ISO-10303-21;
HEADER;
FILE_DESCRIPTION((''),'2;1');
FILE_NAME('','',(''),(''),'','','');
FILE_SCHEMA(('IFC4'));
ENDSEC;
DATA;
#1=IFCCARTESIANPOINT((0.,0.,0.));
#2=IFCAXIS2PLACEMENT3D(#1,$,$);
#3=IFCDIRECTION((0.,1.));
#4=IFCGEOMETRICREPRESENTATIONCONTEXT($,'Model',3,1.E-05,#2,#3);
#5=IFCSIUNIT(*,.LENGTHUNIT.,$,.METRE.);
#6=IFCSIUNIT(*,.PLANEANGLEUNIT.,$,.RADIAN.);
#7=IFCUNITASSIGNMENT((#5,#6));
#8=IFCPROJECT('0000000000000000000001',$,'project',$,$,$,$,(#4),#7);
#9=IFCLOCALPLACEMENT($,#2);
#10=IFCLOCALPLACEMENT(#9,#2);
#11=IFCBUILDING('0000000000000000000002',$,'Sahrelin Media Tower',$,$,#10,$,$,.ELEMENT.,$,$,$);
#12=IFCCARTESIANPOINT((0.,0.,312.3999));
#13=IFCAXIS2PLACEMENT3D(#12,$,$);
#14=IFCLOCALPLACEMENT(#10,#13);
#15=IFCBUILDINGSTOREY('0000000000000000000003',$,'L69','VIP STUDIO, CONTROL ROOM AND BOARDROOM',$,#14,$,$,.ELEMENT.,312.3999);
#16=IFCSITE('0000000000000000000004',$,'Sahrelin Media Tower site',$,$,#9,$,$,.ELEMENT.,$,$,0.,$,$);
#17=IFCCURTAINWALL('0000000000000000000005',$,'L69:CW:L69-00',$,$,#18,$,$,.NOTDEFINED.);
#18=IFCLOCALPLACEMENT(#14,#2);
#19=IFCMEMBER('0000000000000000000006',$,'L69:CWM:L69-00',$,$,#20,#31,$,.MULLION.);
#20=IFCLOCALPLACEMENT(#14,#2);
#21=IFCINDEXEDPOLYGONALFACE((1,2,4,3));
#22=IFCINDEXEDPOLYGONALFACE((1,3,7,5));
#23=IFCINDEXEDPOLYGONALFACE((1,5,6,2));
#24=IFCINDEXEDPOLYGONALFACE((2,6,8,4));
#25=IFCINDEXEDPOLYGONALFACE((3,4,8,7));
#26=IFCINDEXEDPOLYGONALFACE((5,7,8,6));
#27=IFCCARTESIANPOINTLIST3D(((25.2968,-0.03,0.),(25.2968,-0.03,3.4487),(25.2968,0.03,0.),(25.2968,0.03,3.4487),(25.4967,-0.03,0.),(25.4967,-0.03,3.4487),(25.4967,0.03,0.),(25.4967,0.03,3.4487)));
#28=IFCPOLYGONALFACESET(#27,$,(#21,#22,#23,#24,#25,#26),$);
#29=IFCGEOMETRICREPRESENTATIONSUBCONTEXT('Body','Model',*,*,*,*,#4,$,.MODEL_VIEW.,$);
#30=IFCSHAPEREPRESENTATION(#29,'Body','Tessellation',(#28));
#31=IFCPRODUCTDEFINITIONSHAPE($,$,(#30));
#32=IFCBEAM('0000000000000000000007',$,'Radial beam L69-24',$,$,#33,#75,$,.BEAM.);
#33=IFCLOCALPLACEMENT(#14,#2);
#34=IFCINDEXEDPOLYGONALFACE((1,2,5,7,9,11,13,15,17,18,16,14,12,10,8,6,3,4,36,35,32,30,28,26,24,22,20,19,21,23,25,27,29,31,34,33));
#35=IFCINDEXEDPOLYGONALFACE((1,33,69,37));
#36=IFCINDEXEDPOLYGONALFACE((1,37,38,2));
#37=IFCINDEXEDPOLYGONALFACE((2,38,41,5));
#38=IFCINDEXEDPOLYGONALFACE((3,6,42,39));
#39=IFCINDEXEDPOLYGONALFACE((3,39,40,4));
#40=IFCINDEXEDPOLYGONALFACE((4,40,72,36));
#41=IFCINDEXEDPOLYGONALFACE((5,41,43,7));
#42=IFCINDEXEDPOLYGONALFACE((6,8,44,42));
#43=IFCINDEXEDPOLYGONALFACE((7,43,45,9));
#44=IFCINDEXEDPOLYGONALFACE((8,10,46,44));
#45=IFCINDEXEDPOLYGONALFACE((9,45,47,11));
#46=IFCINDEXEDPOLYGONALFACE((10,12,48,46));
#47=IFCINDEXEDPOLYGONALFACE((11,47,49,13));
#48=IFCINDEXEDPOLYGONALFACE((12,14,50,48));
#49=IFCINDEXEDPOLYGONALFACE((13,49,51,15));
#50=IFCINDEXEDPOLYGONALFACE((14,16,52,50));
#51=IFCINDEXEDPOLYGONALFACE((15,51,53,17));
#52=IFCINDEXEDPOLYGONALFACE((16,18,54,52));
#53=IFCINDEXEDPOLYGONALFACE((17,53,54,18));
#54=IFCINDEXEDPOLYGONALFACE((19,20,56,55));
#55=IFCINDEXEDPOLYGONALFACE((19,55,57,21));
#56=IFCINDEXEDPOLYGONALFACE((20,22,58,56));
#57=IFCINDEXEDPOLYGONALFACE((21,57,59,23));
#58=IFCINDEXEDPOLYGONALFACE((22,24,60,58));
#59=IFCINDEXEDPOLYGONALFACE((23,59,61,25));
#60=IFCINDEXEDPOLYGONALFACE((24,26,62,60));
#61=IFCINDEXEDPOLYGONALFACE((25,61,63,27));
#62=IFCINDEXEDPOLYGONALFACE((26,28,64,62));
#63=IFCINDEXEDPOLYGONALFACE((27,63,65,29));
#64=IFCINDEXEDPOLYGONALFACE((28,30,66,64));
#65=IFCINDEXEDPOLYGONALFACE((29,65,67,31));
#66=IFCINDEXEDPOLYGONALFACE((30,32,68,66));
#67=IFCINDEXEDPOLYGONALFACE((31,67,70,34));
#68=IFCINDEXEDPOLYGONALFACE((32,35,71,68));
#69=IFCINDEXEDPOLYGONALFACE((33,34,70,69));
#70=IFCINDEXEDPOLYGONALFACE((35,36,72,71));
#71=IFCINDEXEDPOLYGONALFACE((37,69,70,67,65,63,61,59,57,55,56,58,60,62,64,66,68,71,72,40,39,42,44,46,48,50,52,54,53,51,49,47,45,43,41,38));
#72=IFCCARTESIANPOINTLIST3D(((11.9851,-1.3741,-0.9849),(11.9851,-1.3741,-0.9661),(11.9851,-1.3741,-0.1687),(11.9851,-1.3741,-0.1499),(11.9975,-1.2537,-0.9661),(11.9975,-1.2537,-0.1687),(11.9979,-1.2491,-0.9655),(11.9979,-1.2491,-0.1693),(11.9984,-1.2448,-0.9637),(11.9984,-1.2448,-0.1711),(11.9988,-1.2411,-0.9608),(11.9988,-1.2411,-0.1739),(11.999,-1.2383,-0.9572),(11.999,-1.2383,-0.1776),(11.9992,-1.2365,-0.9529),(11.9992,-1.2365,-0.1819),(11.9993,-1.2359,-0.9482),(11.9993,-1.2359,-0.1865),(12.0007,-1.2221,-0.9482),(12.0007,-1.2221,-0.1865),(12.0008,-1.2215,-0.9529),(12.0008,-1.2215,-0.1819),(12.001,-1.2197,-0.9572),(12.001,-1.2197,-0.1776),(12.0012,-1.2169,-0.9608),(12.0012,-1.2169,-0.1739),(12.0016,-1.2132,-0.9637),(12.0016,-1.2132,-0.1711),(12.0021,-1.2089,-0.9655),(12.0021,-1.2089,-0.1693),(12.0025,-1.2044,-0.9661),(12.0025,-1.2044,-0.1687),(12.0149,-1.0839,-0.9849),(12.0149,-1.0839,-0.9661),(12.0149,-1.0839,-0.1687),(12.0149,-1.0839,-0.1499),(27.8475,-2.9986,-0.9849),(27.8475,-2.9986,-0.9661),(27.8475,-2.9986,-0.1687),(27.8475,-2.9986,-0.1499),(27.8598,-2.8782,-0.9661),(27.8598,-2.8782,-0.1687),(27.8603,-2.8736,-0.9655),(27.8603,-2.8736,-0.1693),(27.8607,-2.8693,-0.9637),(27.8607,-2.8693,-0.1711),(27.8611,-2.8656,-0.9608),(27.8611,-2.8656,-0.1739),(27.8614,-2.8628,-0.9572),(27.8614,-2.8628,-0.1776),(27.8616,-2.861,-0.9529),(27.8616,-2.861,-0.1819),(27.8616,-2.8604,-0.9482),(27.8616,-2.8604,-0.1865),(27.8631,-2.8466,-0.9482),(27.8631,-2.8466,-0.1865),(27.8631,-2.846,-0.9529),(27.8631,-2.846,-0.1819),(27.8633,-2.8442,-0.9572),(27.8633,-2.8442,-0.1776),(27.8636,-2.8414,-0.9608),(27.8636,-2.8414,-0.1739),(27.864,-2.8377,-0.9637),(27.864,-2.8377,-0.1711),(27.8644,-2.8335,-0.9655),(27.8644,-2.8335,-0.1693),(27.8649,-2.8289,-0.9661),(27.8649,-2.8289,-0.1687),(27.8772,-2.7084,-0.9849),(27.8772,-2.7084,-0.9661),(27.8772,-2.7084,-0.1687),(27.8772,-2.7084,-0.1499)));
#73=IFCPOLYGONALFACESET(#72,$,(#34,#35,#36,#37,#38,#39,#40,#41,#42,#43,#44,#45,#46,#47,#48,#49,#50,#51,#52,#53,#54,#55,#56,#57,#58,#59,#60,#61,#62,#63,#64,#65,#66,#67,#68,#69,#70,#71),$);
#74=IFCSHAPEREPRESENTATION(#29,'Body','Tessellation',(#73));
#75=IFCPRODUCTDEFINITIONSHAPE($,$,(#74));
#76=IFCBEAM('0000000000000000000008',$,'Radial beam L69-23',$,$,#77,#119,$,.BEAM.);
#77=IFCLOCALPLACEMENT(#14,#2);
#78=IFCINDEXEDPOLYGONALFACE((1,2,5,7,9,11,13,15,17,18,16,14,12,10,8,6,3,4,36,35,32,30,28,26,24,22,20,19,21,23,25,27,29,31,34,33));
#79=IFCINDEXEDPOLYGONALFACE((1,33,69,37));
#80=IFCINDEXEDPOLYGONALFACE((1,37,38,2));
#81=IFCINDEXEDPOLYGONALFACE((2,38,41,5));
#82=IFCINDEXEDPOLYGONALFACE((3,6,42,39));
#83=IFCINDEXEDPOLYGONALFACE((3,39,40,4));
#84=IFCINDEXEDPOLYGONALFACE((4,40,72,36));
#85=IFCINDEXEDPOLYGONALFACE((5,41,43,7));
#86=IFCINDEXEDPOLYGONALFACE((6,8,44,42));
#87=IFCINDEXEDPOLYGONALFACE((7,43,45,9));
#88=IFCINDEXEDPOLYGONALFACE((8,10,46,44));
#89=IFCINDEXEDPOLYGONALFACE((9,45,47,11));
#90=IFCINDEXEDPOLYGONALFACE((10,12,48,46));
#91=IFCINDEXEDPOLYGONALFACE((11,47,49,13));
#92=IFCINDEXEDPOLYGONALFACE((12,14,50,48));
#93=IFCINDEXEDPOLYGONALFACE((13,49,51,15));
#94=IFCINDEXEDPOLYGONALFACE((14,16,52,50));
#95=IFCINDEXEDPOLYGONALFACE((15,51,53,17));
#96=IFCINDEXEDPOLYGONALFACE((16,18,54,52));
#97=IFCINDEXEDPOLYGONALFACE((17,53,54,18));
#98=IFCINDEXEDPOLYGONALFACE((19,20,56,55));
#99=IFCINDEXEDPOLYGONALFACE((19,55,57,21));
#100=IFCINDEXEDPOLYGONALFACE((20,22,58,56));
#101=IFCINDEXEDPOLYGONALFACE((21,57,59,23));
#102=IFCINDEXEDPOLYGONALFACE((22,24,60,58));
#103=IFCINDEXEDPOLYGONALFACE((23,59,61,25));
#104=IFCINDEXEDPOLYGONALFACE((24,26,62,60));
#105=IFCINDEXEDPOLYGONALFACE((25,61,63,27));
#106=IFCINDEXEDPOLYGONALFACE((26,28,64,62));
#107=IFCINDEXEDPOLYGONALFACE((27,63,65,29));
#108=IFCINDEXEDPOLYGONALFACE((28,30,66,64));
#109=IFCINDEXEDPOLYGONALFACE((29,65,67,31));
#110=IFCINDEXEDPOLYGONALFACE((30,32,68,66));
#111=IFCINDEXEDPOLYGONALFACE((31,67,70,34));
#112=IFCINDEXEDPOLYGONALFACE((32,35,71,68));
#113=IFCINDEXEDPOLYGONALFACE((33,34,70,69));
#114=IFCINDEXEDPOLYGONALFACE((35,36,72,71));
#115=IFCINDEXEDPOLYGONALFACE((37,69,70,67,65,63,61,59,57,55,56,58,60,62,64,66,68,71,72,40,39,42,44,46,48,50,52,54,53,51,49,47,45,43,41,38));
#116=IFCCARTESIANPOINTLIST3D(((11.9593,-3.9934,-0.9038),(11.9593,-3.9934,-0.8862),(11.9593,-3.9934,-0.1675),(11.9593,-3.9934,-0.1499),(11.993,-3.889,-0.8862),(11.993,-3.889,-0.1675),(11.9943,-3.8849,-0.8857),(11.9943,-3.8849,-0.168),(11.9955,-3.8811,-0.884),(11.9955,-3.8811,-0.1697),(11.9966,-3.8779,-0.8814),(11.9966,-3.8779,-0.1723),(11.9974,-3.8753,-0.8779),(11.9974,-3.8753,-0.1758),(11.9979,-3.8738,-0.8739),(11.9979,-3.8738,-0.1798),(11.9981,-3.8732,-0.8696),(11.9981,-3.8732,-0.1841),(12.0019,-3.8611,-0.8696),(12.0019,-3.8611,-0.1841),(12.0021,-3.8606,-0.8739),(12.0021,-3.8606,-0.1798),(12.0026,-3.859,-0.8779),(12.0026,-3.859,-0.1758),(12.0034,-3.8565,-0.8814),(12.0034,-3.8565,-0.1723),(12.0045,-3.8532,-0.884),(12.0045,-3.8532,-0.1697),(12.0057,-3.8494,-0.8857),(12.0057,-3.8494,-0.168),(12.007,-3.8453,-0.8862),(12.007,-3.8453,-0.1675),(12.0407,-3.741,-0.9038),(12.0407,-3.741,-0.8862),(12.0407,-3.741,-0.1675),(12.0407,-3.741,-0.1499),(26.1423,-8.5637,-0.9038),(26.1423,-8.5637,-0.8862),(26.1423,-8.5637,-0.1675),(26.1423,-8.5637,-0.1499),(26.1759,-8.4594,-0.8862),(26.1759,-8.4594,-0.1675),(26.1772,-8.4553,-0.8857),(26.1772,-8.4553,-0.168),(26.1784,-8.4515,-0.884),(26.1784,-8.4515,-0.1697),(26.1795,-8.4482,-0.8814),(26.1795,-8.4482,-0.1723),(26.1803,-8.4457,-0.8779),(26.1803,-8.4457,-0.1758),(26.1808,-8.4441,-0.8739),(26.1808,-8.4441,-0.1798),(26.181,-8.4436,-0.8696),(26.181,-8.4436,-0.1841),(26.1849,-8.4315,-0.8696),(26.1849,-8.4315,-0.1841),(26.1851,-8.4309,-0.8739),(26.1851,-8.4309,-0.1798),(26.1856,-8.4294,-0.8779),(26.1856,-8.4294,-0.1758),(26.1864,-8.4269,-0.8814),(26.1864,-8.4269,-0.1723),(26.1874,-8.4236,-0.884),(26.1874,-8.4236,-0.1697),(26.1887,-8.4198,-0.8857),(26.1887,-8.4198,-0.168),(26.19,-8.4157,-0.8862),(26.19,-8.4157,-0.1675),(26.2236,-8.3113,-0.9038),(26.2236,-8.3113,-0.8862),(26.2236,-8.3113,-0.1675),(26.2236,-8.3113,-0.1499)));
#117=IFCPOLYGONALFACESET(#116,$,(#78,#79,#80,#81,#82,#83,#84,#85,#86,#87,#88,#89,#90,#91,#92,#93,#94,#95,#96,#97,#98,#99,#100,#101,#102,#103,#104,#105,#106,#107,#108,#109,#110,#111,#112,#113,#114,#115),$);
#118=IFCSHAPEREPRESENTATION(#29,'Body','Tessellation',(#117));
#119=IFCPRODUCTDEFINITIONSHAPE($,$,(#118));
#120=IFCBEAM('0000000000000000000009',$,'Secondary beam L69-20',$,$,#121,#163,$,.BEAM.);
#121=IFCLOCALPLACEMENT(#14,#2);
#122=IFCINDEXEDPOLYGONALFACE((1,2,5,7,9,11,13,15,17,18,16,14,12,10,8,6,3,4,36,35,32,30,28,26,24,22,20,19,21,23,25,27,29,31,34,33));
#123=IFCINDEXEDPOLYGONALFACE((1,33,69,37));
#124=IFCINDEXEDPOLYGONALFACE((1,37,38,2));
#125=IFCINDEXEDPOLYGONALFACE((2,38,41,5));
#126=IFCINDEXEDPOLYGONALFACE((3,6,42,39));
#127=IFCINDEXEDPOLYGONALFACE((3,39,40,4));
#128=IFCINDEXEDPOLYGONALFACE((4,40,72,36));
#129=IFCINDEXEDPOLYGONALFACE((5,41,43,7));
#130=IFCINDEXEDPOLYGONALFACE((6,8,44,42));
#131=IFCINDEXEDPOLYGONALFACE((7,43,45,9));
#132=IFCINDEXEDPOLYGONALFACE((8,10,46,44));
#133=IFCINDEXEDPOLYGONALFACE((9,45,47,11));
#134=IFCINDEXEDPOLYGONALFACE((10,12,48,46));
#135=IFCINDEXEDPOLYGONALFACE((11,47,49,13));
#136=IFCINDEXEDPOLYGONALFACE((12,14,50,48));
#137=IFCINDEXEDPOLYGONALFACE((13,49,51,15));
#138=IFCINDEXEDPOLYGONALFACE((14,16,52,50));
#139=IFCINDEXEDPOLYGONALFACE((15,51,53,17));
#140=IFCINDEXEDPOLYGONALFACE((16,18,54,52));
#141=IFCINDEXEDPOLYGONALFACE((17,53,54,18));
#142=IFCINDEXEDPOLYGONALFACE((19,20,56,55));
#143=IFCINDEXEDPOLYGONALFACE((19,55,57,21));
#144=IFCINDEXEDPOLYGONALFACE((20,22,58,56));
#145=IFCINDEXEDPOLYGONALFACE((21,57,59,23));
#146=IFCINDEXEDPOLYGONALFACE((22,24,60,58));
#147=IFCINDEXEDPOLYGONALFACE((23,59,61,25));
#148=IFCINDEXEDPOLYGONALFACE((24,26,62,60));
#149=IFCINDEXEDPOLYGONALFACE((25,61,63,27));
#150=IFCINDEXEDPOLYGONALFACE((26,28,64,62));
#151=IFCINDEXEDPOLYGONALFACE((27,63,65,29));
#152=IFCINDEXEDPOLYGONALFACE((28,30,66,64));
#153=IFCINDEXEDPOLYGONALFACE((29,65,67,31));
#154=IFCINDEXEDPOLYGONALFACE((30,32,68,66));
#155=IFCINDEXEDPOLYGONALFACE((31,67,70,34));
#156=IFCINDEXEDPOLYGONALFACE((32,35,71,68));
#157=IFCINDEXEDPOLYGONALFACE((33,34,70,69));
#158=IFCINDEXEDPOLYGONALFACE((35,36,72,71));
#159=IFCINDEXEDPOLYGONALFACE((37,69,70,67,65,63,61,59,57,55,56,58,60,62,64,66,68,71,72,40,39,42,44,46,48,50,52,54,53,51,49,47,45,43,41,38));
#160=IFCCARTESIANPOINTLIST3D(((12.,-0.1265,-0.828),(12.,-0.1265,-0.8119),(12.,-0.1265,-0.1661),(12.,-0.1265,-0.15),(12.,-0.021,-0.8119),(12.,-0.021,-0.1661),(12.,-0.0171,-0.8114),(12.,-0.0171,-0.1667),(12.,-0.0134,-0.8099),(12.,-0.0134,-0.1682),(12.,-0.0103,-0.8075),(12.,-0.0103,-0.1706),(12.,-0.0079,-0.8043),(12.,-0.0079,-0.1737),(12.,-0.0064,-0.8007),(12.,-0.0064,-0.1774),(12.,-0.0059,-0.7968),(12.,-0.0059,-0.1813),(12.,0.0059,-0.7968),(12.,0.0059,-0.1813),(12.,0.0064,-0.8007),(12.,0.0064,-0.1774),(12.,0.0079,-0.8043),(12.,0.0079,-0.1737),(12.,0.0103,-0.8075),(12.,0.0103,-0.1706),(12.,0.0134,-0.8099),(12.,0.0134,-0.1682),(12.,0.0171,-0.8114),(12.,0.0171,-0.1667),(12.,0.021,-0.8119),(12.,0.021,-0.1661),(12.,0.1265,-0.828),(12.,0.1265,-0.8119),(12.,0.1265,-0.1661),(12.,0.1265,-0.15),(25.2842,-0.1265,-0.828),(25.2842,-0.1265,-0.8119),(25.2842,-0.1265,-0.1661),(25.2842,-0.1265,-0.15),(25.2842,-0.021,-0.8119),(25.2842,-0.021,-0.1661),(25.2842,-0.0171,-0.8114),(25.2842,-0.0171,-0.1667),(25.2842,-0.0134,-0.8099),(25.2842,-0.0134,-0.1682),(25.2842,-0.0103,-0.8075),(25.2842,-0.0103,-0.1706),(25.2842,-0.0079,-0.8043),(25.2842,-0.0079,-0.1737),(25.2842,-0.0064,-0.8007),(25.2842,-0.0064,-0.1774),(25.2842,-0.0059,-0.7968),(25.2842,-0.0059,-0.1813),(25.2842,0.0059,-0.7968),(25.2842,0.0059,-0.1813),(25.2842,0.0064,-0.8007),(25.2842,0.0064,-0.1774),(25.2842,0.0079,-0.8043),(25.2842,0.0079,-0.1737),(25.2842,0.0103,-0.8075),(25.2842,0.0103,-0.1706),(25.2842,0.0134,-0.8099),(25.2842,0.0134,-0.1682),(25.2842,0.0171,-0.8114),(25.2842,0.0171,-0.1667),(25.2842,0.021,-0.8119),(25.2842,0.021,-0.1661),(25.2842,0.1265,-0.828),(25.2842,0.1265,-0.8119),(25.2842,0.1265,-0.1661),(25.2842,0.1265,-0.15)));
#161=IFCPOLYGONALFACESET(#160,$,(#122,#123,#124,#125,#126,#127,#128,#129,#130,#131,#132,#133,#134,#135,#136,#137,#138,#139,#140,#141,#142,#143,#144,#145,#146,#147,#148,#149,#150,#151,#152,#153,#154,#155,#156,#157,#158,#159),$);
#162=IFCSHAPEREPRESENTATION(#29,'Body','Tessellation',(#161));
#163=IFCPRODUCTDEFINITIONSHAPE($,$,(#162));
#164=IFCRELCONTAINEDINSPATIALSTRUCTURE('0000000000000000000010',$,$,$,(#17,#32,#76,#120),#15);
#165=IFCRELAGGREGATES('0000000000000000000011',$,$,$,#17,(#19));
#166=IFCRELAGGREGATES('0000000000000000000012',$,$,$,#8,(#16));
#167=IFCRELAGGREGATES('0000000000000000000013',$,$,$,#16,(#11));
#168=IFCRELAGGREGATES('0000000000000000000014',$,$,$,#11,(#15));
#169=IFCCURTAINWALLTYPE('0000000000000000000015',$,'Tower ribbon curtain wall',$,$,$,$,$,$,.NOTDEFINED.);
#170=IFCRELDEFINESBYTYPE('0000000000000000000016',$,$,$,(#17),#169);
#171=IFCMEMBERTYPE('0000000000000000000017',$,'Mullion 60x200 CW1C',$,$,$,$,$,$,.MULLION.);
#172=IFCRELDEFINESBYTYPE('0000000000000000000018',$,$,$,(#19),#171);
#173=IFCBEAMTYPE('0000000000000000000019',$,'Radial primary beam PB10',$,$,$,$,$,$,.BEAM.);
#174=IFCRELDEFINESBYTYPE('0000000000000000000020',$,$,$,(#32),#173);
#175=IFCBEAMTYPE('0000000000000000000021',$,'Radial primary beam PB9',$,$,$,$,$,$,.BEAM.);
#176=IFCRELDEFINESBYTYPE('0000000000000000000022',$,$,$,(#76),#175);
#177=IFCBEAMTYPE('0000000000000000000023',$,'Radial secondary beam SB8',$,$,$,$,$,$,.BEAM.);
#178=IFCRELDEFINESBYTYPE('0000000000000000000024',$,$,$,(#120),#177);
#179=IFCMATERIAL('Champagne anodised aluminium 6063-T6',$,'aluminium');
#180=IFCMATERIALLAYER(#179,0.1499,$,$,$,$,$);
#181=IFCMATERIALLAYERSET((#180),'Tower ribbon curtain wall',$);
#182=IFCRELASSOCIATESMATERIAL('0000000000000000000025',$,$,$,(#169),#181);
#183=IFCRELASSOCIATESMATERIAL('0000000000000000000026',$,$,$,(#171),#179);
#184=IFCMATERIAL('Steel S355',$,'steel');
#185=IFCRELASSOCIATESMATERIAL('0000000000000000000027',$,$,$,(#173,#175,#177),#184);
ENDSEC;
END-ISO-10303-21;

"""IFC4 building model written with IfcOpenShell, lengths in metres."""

from ifc_helpers import new_model, si_unit, direction, frame, origin, origin_2d, place, context, subcontext, project, spatial, rectangle, i_section, extrude, material, layer, layer_set, material_profile, profile_set, type_object, element, aggregate, save


model = new_model("IFC4")

# Units and contexts
model_context = context("Model", 3, precision=1e-05, world=origin(), true_north=direction((0.0, 1.0)))
body_context = subcontext(model_context, "Body", "Model", "MODEL_VIEW")
ifc_project = project(units=[si_unit("LENGTHUNIT", "METRE"), si_unit("PLANEANGLEUNIT", "RADIAN")], contexts=[model_context])

# Site, building, storey
site_placement = place(None, origin())
site = spatial("IfcSite", under=ifc_project, at=site_placement, Name="Sahrelin Media Tower site", CompositionType="ELEMENT", RefElevation=0.0)
building_placement = place(site_placement, origin())
building = spatial("IfcBuilding", under=site, at=building_placement, Name="Sahrelin Media Tower", CompositionType="ELEMENT")
storey_placement = place(building_placement, frame((0.0, 0.0, 312.3999)))
storey = spatial("IfcBuildingStorey", under=building, at=storey_placement, Name="L69", Description="VIP STUDIO, CONTROL ROOM AND BOARDROOM", CompositionType="ELEMENT", Elevation=312.3999)

# Curtain wall, member
ifc_material_1 = material(Name="Champagne anodised aluminium 6063-T6", Category="aluminium")
ifc_layer_1 = layer(ifc_material_1, 0.1499)
ifc_layer_set_1 = layer_set([ifc_layer_1], Name="Tower ribbon curtain wall")
curtain_wall_type = type_object("IfcCurtainWallType", Name="Tower ribbon curtain wall", PredefinedType="NOTDEFINED", material=ifc_layer_set_1)
curtain_wall_placement = place(storey_placement, frame((25.5166, 0.0, 0.0), z_axis=(0.0, 0.0, 1.0), x_axis=(1.0, 0.0, 0.0)))
curtain_wall = element("IfcCurtainWall", 1, at=curtain_wall_placement, inside=storey, type_object=curtain_wall_type, Name="L69:CW:L69-00", PredefinedType="NOTDEFINED")
ifc_material_profile_1 = material_profile(ifc_material_1, rectangle(XDim=0.0601, YDim=0.2, at=origin_2d()), Name="Mullion 60x200")
ifc_profile_set_1 = profile_set([ifc_material_profile_1], Name="Champagne anodised aluminium 6063-T6")
member_type_1 = type_object("IfcMemberType", Name="Mullion 60x200 CW1C", PredefinedType="MULLION", material=ifc_profile_set_1)
member_1_placement = place(storey_placement, frame((25.3967, 0.0, 0.0), z_axis=(0.0, 0.0, 1.0), x_axis=(0.0, 1.0, 0.0)))
member_1 = element("IfcMember", 2, at=member_1_placement, type_object=member_type_1, Name="L69:CWM:L69-00", PredefinedType="MULLION", context=body_context, shape_type="SweptSolid", body=[
    extrude(rectangle(XDim=0.0601, YDim=0.2, at=origin_2d()), origin(), (0.0, 0.0, 1.0), 3.4487),
])

# Beams
ifc_material_2 = material(Name="Steel S355", Category="steel")
ifc_material_profile_2 = material_profile(ifc_material_2, i_section(OverallWidth=0.2917, OverallDepth=0.835, WebThickness=0.0139, FlangeThickness=0.0188, FilletRadius=0.0178, at=origin_2d()), Name="UB 838x292x176")
ifc_profile_set_2 = profile_set([ifc_material_profile_2], Name="Steel S355")
beam_type_1 = type_object("IfcBeamType", Name="Radial primary beam PB10", PredefinedType="BEAM", material=ifc_profile_set_2)
beam_1_placement = place(storey_placement, frame((12.0, -1.229, -0.5674), z_axis=(0.994797, -0.10188, 0.0), x_axis=(0.10188, 0.994797, 0.0)))
element("IfcBeam", 3, at=beam_1_placement, inside=storey, type_object=beam_type_1, Name="Radial beam L69-24", PredefinedType="BEAM", context=body_context, shape_type="SweptSolid", body=[
    extrude(i_section(OverallWidth=0.2917, OverallDepth=0.835, WebThickness=0.0139, FlangeThickness=0.0188, FilletRadius=0.0178, at=origin_2d()), origin(), (0.0, 0.0, 1.0), 15.9453),
])
ifc_material_profile_3 = material_profile(ifc_material_2, i_section(OverallWidth=0.2651, OverallDepth=0.7539, WebThickness=0.0127, FlangeThickness=0.0176, FilletRadius=0.0166, at=origin_2d()), Name="UB 762x267x147")
ifc_profile_set_3 = profile_set([ifc_material_profile_3], Name="Steel S355")
beam_type_2 = type_object("IfcBeamType", Name="Radial primary beam PB9", PredefinedType="BEAM", material=ifc_profile_set_3)
beam_2_placement = place(storey_placement, frame((12.0, -3.8672, -0.5269), z_axis=(0.951803, -0.306711, 0.0), x_axis=(0.306711, 0.951803, 0.0)))
element("IfcBeam", 4, at=beam_2_placement, inside=storey, type_object=beam_type_2, Name="Radial beam L69-23", PredefinedType="BEAM", context=body_context, shape_type="SweptSolid", body=[
    extrude(i_section(OverallWidth=0.2651, OverallDepth=0.7539, WebThickness=0.0127, FlangeThickness=0.0176, FilletRadius=0.0166, at=origin_2d()), origin(), (0.0, 0.0, 1.0), 14.9011),
])
ifc_material_profile_4 = material_profile(ifc_material_2, i_section(OverallWidth=0.2529, OverallDepth=0.678, WebThickness=0.0117, FlangeThickness=0.0161, FilletRadius=0.0151, at=origin_2d()), Name="UB 686x254x125")
ifc_profile_set_4 = profile_set([ifc_material_profile_4], Name="Steel S355")
beam_type_3 = type_object("IfcBeamType", Name="Radial secondary beam SB8", PredefinedType="BEAM", material=ifc_profile_set_4)
beam_3_placement = place(storey_placement, frame((12.0, 0.0, -0.489), z_axis=(1.0, 0.0, 0.0), x_axis=(0.0, 1.0, 0.0)))
element("IfcBeam", 5, at=beam_3_placement, inside=storey, type_object=beam_type_3, Name="Secondary beam L69-20", PredefinedType="BEAM", context=body_context, shape_type="SweptSolid", body=[
    extrude(i_section(OverallWidth=0.2529, OverallDepth=0.678, WebThickness=0.0117, FlangeThickness=0.0161, FilletRadius=0.0151, at=origin_2d()), origin(), (0.0, 0.0, 1.0), 13.2842),
])

aggregate(curtain_wall, [member_1])

save(model, "model.ifc")
